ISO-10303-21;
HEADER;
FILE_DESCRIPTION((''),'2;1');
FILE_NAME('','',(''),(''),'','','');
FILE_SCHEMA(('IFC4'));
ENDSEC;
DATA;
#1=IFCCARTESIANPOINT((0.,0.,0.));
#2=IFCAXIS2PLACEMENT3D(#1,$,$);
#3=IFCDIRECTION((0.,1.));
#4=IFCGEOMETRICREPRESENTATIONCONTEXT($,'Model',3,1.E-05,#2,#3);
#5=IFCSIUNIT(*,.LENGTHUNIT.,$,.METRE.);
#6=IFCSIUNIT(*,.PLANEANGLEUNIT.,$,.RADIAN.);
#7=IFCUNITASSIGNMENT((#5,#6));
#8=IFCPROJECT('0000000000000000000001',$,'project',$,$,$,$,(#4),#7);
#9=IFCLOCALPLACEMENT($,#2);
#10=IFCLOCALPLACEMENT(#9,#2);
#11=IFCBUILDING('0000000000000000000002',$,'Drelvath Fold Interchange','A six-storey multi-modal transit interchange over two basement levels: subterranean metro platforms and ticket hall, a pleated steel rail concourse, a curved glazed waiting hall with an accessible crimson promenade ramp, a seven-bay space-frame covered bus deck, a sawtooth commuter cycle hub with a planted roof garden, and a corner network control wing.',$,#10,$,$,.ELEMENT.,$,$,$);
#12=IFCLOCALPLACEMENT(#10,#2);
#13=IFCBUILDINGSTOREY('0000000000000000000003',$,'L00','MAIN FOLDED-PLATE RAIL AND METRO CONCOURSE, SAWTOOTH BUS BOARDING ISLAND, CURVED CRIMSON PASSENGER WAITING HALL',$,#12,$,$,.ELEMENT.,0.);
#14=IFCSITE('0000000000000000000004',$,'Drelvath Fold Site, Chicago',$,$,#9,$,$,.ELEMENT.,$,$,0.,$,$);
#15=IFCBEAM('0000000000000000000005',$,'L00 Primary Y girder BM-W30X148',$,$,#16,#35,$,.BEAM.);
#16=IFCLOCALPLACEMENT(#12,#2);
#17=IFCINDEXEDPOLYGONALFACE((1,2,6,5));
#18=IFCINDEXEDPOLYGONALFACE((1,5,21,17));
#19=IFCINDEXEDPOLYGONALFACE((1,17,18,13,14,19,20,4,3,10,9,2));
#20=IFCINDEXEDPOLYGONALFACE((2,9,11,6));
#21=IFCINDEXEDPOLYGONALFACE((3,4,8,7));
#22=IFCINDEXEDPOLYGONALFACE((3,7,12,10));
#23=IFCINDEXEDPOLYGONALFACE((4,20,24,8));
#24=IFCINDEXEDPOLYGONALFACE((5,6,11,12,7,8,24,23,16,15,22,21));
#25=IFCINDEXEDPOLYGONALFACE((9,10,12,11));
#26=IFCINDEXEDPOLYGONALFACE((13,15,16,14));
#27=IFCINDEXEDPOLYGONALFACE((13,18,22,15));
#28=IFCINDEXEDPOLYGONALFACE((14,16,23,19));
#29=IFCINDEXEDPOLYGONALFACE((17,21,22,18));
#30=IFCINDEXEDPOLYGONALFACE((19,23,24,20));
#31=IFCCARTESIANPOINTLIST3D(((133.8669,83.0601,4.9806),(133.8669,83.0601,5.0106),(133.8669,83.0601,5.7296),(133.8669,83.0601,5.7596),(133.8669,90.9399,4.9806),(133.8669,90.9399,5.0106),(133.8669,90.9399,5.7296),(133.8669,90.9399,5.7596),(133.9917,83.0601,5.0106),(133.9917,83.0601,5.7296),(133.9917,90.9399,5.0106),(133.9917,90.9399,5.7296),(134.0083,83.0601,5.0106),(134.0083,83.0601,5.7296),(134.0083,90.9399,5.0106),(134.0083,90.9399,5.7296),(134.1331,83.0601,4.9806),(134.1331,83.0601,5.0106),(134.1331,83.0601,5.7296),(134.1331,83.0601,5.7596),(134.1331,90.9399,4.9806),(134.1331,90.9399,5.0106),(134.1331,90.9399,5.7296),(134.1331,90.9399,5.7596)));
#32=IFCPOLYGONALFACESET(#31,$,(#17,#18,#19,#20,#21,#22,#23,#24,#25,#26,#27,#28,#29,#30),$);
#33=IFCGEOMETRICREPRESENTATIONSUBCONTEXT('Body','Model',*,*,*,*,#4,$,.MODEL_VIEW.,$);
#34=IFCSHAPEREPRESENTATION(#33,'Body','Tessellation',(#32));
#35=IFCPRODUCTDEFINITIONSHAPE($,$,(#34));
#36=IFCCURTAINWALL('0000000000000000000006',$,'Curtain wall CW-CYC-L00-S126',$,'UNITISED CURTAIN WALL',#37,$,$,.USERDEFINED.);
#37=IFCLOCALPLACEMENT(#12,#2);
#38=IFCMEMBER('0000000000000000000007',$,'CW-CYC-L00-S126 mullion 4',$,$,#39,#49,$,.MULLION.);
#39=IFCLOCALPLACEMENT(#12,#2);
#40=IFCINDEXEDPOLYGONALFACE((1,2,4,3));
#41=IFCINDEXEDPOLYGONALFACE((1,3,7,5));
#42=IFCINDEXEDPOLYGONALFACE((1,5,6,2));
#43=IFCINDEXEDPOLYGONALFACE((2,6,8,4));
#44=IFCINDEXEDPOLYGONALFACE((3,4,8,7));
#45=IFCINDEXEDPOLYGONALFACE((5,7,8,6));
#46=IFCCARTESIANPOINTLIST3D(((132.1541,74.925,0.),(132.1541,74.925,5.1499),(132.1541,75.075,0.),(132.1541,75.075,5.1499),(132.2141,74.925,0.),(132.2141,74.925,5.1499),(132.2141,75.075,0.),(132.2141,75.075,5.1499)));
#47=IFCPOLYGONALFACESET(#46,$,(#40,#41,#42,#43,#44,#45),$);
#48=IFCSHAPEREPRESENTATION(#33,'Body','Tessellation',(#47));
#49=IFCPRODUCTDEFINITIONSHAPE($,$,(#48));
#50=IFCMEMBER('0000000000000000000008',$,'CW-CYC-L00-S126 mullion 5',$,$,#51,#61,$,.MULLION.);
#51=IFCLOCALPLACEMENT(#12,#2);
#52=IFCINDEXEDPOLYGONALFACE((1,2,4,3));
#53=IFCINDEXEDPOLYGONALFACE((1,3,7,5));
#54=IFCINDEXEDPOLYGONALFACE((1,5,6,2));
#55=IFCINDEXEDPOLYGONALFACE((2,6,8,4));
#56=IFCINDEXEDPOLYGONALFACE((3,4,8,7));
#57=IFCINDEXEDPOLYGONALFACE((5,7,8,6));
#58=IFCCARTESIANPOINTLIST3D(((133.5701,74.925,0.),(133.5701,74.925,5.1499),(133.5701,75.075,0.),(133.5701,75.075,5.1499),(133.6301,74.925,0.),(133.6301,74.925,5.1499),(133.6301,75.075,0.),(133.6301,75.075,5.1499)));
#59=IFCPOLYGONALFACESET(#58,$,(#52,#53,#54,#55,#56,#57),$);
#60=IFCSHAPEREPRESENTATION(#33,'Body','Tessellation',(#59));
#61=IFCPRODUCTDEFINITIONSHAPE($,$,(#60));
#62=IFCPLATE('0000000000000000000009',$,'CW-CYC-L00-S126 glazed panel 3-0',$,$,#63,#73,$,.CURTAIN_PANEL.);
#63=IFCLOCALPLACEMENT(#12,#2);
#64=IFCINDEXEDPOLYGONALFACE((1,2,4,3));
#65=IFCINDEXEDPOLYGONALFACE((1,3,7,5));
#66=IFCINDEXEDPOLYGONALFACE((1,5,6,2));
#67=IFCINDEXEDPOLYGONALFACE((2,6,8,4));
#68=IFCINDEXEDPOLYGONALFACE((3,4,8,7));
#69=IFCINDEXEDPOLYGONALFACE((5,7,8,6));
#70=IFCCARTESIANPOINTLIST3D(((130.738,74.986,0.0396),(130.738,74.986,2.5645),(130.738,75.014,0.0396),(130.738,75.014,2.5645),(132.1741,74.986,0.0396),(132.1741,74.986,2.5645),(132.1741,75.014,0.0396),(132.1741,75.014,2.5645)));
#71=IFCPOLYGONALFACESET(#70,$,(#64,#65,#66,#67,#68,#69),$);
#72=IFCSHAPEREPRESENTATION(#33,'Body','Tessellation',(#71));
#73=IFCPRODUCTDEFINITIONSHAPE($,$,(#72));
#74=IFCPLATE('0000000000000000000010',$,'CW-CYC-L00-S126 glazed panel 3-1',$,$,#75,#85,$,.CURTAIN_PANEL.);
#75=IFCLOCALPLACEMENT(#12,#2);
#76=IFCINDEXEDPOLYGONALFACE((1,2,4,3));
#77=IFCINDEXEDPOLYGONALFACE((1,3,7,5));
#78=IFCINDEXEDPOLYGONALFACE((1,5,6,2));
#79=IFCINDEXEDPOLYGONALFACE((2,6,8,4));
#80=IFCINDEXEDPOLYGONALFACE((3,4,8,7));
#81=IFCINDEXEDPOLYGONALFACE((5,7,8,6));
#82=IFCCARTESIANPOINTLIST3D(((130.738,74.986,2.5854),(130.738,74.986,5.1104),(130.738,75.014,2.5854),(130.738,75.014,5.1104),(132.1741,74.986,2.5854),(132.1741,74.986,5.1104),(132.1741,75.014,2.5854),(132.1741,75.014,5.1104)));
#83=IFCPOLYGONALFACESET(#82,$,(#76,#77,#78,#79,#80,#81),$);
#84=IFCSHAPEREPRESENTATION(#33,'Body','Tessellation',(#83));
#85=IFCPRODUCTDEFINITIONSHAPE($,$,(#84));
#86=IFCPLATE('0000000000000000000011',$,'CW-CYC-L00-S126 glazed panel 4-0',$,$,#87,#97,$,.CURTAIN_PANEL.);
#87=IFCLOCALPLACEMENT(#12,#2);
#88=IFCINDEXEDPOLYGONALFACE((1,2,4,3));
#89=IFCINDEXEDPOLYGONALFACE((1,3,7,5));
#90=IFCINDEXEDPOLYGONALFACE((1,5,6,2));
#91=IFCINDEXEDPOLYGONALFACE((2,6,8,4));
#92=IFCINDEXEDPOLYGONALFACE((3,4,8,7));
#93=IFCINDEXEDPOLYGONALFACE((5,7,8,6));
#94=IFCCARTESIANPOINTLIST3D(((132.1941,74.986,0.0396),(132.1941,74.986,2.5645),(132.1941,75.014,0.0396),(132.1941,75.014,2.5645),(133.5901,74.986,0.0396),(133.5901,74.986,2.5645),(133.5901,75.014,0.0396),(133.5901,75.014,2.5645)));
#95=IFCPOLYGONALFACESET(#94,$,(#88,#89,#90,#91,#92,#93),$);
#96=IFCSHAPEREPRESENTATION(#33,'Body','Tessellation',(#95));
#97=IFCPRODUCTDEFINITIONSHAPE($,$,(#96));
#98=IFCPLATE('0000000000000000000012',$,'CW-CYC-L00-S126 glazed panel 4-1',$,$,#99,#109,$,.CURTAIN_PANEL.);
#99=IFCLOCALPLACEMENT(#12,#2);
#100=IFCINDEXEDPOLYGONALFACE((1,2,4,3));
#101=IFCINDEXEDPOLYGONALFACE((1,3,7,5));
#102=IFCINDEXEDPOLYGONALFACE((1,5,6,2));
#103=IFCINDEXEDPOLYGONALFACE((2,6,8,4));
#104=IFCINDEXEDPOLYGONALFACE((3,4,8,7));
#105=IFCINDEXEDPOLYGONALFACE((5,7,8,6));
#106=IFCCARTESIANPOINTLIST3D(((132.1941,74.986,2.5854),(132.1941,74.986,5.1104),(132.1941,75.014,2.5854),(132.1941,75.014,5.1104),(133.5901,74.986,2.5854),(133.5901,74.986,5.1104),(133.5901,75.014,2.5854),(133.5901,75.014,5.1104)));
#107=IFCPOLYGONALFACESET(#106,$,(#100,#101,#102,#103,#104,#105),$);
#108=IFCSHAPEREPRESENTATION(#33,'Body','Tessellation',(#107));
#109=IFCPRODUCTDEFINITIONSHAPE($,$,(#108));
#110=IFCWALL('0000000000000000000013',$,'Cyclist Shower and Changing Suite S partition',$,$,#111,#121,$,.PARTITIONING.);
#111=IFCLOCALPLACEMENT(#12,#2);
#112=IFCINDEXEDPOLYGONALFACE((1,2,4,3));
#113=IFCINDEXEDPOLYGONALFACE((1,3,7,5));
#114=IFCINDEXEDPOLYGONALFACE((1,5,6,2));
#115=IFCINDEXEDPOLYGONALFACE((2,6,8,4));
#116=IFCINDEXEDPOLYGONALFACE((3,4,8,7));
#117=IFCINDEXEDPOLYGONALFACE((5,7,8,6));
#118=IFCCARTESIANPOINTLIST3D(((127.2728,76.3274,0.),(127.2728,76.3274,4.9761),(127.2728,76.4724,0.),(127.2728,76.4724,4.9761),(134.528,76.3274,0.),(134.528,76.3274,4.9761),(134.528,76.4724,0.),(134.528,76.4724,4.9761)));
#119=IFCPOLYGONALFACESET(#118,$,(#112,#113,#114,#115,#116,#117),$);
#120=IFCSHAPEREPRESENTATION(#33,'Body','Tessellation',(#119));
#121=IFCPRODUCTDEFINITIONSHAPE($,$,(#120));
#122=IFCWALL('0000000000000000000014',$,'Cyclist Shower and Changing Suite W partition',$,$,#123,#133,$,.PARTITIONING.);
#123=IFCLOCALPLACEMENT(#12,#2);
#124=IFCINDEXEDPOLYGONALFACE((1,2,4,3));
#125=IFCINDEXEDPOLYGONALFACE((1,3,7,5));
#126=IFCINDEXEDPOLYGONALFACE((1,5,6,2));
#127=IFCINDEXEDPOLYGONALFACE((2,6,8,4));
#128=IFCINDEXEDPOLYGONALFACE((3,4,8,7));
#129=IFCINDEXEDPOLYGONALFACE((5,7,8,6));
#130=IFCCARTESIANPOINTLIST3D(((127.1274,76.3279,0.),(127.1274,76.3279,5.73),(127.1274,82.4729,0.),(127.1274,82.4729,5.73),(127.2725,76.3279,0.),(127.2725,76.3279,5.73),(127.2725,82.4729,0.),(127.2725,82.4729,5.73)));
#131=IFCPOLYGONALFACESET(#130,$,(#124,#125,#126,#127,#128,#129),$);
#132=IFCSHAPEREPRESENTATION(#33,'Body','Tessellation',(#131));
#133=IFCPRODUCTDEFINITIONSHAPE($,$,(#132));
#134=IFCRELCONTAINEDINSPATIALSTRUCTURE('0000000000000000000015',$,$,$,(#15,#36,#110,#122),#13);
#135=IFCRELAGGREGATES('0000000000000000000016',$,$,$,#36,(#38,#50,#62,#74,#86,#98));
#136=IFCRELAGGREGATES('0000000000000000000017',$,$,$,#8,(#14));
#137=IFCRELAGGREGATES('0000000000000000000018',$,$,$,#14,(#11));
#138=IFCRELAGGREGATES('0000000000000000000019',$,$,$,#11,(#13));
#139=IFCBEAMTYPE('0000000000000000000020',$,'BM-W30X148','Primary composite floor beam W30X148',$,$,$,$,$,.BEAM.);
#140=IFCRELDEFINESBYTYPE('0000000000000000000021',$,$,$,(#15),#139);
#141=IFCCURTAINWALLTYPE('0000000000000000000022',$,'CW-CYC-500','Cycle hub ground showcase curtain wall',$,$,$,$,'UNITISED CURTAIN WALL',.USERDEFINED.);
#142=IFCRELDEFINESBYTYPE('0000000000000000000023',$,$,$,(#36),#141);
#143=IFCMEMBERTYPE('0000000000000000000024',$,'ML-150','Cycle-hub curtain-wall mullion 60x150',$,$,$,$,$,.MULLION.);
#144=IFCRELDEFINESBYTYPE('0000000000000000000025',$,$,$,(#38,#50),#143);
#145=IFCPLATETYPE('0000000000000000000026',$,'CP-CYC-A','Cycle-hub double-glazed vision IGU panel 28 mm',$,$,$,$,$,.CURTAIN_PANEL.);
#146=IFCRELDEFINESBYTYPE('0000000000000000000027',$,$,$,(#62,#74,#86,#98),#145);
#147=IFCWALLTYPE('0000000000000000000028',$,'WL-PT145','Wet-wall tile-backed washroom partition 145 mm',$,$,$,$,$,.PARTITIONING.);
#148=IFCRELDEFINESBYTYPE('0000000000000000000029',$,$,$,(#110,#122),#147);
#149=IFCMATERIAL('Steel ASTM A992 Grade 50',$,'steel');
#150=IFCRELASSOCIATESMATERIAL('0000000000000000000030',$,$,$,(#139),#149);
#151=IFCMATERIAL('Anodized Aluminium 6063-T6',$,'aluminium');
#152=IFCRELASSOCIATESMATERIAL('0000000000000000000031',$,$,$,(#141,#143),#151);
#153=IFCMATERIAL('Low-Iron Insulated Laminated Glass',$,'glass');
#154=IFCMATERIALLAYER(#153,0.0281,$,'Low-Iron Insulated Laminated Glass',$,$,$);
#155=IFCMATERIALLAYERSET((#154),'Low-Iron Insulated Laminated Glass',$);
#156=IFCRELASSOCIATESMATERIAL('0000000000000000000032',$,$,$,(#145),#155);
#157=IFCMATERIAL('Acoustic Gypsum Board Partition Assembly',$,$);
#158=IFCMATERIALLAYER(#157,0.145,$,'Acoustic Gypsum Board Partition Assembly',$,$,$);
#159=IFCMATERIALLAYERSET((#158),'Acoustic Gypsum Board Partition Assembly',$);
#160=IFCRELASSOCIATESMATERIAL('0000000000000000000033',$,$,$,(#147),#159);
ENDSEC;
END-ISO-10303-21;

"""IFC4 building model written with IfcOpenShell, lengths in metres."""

from ifc_helpers import new_model, si_unit, direction, frame, frame_2d, origin, origin_2d, place, context, subcontext, project, spatial, rectangle, i_section, extrude, material, layer, layer_set, material_profile, profile_set, type_object, element, aggregate, save


model = new_model("IFC4")

# Units and contexts
model_context = context("Model", 3, precision=1e-05, world=origin(), true_north=direction((0.0, 1.0)))
body_context = subcontext(model_context, "Body", "Model", "MODEL_VIEW")
ifc_project = project(units=[si_unit("LENGTHUNIT", "METRE"), si_unit("PLANEANGLEUNIT", "RADIAN")], contexts=[model_context])

# Site, building, storey
site_placement = place(None, origin())
site = spatial("IfcSite", under=ifc_project, at=site_placement, Name="Drelvath Fold Site, Chicago", CompositionType="ELEMENT", RefElevation=0.0)
building_placement = place(site_placement, origin())
building = spatial("IfcBuilding", under=site, at=building_placement, Name="Drelvath Fold Interchange", Description="A six-storey multi-modal transit interchange over two basement levels: subterranean metro platforms and ticket hall, a pleated steel rail concourse, a curved glazed waiting hall with an accessible crimson promenade ramp, a seven-bay space-frame covered bus deck, a sawtooth commuter cycle hub with a planted roof garden, and a corner network control wing.", CompositionType="ELEMENT")
storey_placement = place(building_placement, origin())
storey = spatial("IfcBuildingStorey", under=building, at=storey_placement, Name="L00", Description="MAIN FOLDED-PLATE RAIL AND METRO CONCOURSE, SAWTOOTH BUS BOARDING ISLAND, CURVED CRIMSON PASSENGER WAITING HALL", CompositionType="ELEMENT", Elevation=0.0)

# Beam
ifc_material_1 = material(Name="Steel ASTM A992 Grade 50", Category="steel")
ifc_material_profile_1 = material_profile(ifc_material_1, i_section(OverallWidth=0.2661, OverallDepth=0.7791, WebThickness=0.0166, FlangeThickness=0.03, at=origin_2d()), Name="W30X148")
ifc_profile_set_1 = profile_set([ifc_material_profile_1], Name="Steel ASTM A992 Grade 50")
beam_type_1 = type_object("IfcBeamType", Name="BM-W30X148", Description="Primary composite floor beam W30X148", PredefinedType="BEAM", material=ifc_profile_set_1)
for number, where, z_axis, x_axis, name in (
    (1, (134.0, 83.0601, 5.3701), (0.0, 1.0, 0.0), (-1.0, 0.0, 0.0), "L00 Primary Y girder BM-W30X148"),
):
    element("IfcBeam", number, at=place(storey_placement, frame(where, z_axis=z_axis, x_axis=x_axis)), inside=storey, type_object=beam_type_1, Name=name, PredefinedType="BEAM", context=body_context, shape_type="SweptSolid", body=[
        extrude(i_section(OverallWidth=0.2661, OverallDepth=0.7791, WebThickness=0.0166, FlangeThickness=0.03, at=origin_2d()), origin(), (0.0, 0.0, 1.0), 7.8799),
    ])

# Curtain wall, members, plates
ifc_material_2 = material(Name="Anodized Aluminium 6063-T6", Category="aluminium")
curtain_wall_type = type_object("IfcCurtainWallType", Name="CW-CYC-500", Description="Cycle hub ground showcase curtain wall", ElementType="UNITISED CURTAIN WALL", PredefinedType="USERDEFINED", material=ifc_material_2)
curtain_wall_placement = place(storey_placement, origin())
curtain_wall = element("IfcCurtainWall", 2, at=curtain_wall_placement, inside=storey, type_object=curtain_wall_type, Name="Curtain wall CW-CYC-L00-S126", ObjectType="UNITISED CURTAIN WALL", PredefinedType="USERDEFINED")
ifc_material_profile_2 = material_profile(ifc_material_2, rectangle(XDim=0.0601, YDim=0.1499, at=origin_2d()), Name="AL-M 60x150")
ifc_profile_set_2 = profile_set([ifc_material_profile_2], Name="Anodized Aluminium 6063-T6")
member_type = type_object("IfcMemberType", Name="ML-150", Description="Cycle-hub curtain-wall mullion 60x150", PredefinedType="MULLION", material=ifc_profile_set_2)
member_1_placement = place(storey_placement, frame((132.1841, 75.0, 0.0), z_axis=(0.0, 0.0, 1.0), x_axis=(1.0, 0.0, 0.0)))
member_1 = element("IfcMember", 3, at=member_1_placement, type_object=member_type, Name="CW-CYC-L00-S126 mullion 4", PredefinedType="MULLION", context=body_context, shape_type="SweptSolid", body=[
    extrude(rectangle(XDim=0.0601, YDim=0.1499, at=origin_2d()), origin(), (0.0, 0.0, 1.0), 5.1499),
])
member_2_placement = place(storey_placement, frame((133.6001, 75.0, 0.0), z_axis=(0.0, 0.0, 1.0), x_axis=(1.0, 0.0, 0.0)))
member_2 = element("IfcMember", 4, at=member_2_placement, type_object=member_type, Name="CW-CYC-L00-S126 mullion 5", PredefinedType="MULLION", context=body_context, shape_type="SweptSolid", body=[
    extrude(rectangle(XDim=0.0601, YDim=0.1499, at=origin_2d()), origin(), (0.0, 0.0, 1.0), 5.1499),
])
ifc_material_3 = material(Name="Low-Iron Insulated Laminated Glass", Category="glass")
ifc_layer_1 = layer(ifc_material_3, 0.0281, Name="Low-Iron Insulated Laminated Glass")
ifc_layer_set_1 = layer_set([ifc_layer_1], Name="Low-Iron Insulated Laminated Glass")
plate_type = type_object("IfcPlateType", Name="CP-CYC-A", Description="Cycle-hub double-glazed vision IGU panel 28 mm", PredefinedType="CURTAIN_PANEL", material=ifc_layer_set_1)
plate_1_placement = place(storey_placement, frame((131.4561, 75.0, 0.0396), z_axis=(0.0, 0.0, 1.0), x_axis=(1.0, 0.0, 0.0)))
plate_1 = element("IfcPlate", 5, at=plate_1_placement, type_object=plate_type, Name="CW-CYC-L00-S126 glazed panel 3-0", PredefinedType="CURTAIN_PANEL", context=body_context, shape_type="SweptSolid", body=[
    extrude(rectangle(XDim=1.436, YDim=0.0281, at=origin_2d()), origin(), (0.0, 0.0, 1.0), 2.5249),
])
plate_2_placement = place(storey_placement, frame((131.4561, 75.0, 2.5854), z_axis=(0.0, 0.0, 1.0), x_axis=(1.0, 0.0, 0.0)))
plate_2 = element("IfcPlate", 6, at=plate_2_placement, type_object=plate_type, Name="CW-CYC-L00-S126 glazed panel 3-1", PredefinedType="CURTAIN_PANEL", context=body_context, shape_type="SweptSolid", body=[
    extrude(rectangle(XDim=1.436, YDim=0.0281, at=origin_2d()), origin(), (0.0, 0.0, 1.0), 2.5249),
])
plate_3_placement = place(storey_placement, frame((132.8921, 75.0, 0.0396), z_axis=(0.0, 0.0, 1.0), x_axis=(1.0, 0.0, 0.0)))
plate_3 = element("IfcPlate", 7, at=plate_3_placement, type_object=plate_type, Name="CW-CYC-L00-S126 glazed panel 4-0", PredefinedType="CURTAIN_PANEL", context=body_context, shape_type="SweptSolid", body=[
    extrude(rectangle(XDim=1.396, YDim=0.0281, at=origin_2d()), origin(), (0.0, 0.0, 1.0), 2.5249),
])
plate_4_placement = place(storey_placement, frame((132.8921, 75.0, 2.5854), z_axis=(0.0, 0.0, 1.0), x_axis=(1.0, 0.0, 0.0)))
plate_4 = element("IfcPlate", 8, at=plate_4_placement, type_object=plate_type, Name="CW-CYC-L00-S126 glazed panel 4-1", PredefinedType="CURTAIN_PANEL", context=body_context, shape_type="SweptSolid", body=[
    extrude(rectangle(XDim=1.396, YDim=0.0281, at=origin_2d()), origin(), (0.0, 0.0, 1.0), 2.5249),
])
aggregate(curtain_wall, [member_1, member_2, plate_1, plate_2, plate_3, plate_4])

# Walls
ifc_material_4 = material(Name="Acoustic Gypsum Board Partition Assembly")
ifc_layer_2 = layer(ifc_material_4, 0.145, Name="Acoustic Gypsum Board Partition Assembly")
ifc_layer_set_2 = layer_set([ifc_layer_2], Name="Acoustic Gypsum Board Partition Assembly")
wall_type = type_object("IfcWallType", Name="WL-PT145", Description="Wet-wall tile-backed washroom partition 145 mm", PredefinedType="PARTITIONING", material=ifc_layer_set_2)
wall_1_placement = place(storey_placement, frame((127.2729, 76.3999, 0.0), z_axis=(0.0, 0.0, 1.0), x_axis=(1.0, 0.0, 0.0)))
element("IfcWall", 9, at=wall_1_placement, inside=storey, type_object=wall_type, Name="Cyclist Shower and Changing Suite S partition", PredefinedType="PARTITIONING", context=body_context, shape_type="SweptSolid", body=[
    extrude(rectangle(XDim=7.2551, YDim=0.145, at=frame_2d((3.6274, 0.0))), origin(), (0.0, 0.0, 1.0), 4.9761),
])
wall_2_placement = place(storey_placement, frame((127.2, 82.4729, 0.0), z_axis=(0.0, 0.0, 1.0), x_axis=(0.0, -1.0, 0.0)))
element("IfcWall", 10, at=wall_2_placement, inside=storey, type_object=wall_type, Name="Cyclist Shower and Changing Suite W partition", PredefinedType="PARTITIONING", context=body_context, shape_type="SweptSolid", body=[
    extrude(rectangle(XDim=6.145, YDim=0.145, at=frame_2d((3.0725, 0.0))), origin(), (0.0, 0.0, 1.0), 5.73),
])

save(model, "model.ifc")
